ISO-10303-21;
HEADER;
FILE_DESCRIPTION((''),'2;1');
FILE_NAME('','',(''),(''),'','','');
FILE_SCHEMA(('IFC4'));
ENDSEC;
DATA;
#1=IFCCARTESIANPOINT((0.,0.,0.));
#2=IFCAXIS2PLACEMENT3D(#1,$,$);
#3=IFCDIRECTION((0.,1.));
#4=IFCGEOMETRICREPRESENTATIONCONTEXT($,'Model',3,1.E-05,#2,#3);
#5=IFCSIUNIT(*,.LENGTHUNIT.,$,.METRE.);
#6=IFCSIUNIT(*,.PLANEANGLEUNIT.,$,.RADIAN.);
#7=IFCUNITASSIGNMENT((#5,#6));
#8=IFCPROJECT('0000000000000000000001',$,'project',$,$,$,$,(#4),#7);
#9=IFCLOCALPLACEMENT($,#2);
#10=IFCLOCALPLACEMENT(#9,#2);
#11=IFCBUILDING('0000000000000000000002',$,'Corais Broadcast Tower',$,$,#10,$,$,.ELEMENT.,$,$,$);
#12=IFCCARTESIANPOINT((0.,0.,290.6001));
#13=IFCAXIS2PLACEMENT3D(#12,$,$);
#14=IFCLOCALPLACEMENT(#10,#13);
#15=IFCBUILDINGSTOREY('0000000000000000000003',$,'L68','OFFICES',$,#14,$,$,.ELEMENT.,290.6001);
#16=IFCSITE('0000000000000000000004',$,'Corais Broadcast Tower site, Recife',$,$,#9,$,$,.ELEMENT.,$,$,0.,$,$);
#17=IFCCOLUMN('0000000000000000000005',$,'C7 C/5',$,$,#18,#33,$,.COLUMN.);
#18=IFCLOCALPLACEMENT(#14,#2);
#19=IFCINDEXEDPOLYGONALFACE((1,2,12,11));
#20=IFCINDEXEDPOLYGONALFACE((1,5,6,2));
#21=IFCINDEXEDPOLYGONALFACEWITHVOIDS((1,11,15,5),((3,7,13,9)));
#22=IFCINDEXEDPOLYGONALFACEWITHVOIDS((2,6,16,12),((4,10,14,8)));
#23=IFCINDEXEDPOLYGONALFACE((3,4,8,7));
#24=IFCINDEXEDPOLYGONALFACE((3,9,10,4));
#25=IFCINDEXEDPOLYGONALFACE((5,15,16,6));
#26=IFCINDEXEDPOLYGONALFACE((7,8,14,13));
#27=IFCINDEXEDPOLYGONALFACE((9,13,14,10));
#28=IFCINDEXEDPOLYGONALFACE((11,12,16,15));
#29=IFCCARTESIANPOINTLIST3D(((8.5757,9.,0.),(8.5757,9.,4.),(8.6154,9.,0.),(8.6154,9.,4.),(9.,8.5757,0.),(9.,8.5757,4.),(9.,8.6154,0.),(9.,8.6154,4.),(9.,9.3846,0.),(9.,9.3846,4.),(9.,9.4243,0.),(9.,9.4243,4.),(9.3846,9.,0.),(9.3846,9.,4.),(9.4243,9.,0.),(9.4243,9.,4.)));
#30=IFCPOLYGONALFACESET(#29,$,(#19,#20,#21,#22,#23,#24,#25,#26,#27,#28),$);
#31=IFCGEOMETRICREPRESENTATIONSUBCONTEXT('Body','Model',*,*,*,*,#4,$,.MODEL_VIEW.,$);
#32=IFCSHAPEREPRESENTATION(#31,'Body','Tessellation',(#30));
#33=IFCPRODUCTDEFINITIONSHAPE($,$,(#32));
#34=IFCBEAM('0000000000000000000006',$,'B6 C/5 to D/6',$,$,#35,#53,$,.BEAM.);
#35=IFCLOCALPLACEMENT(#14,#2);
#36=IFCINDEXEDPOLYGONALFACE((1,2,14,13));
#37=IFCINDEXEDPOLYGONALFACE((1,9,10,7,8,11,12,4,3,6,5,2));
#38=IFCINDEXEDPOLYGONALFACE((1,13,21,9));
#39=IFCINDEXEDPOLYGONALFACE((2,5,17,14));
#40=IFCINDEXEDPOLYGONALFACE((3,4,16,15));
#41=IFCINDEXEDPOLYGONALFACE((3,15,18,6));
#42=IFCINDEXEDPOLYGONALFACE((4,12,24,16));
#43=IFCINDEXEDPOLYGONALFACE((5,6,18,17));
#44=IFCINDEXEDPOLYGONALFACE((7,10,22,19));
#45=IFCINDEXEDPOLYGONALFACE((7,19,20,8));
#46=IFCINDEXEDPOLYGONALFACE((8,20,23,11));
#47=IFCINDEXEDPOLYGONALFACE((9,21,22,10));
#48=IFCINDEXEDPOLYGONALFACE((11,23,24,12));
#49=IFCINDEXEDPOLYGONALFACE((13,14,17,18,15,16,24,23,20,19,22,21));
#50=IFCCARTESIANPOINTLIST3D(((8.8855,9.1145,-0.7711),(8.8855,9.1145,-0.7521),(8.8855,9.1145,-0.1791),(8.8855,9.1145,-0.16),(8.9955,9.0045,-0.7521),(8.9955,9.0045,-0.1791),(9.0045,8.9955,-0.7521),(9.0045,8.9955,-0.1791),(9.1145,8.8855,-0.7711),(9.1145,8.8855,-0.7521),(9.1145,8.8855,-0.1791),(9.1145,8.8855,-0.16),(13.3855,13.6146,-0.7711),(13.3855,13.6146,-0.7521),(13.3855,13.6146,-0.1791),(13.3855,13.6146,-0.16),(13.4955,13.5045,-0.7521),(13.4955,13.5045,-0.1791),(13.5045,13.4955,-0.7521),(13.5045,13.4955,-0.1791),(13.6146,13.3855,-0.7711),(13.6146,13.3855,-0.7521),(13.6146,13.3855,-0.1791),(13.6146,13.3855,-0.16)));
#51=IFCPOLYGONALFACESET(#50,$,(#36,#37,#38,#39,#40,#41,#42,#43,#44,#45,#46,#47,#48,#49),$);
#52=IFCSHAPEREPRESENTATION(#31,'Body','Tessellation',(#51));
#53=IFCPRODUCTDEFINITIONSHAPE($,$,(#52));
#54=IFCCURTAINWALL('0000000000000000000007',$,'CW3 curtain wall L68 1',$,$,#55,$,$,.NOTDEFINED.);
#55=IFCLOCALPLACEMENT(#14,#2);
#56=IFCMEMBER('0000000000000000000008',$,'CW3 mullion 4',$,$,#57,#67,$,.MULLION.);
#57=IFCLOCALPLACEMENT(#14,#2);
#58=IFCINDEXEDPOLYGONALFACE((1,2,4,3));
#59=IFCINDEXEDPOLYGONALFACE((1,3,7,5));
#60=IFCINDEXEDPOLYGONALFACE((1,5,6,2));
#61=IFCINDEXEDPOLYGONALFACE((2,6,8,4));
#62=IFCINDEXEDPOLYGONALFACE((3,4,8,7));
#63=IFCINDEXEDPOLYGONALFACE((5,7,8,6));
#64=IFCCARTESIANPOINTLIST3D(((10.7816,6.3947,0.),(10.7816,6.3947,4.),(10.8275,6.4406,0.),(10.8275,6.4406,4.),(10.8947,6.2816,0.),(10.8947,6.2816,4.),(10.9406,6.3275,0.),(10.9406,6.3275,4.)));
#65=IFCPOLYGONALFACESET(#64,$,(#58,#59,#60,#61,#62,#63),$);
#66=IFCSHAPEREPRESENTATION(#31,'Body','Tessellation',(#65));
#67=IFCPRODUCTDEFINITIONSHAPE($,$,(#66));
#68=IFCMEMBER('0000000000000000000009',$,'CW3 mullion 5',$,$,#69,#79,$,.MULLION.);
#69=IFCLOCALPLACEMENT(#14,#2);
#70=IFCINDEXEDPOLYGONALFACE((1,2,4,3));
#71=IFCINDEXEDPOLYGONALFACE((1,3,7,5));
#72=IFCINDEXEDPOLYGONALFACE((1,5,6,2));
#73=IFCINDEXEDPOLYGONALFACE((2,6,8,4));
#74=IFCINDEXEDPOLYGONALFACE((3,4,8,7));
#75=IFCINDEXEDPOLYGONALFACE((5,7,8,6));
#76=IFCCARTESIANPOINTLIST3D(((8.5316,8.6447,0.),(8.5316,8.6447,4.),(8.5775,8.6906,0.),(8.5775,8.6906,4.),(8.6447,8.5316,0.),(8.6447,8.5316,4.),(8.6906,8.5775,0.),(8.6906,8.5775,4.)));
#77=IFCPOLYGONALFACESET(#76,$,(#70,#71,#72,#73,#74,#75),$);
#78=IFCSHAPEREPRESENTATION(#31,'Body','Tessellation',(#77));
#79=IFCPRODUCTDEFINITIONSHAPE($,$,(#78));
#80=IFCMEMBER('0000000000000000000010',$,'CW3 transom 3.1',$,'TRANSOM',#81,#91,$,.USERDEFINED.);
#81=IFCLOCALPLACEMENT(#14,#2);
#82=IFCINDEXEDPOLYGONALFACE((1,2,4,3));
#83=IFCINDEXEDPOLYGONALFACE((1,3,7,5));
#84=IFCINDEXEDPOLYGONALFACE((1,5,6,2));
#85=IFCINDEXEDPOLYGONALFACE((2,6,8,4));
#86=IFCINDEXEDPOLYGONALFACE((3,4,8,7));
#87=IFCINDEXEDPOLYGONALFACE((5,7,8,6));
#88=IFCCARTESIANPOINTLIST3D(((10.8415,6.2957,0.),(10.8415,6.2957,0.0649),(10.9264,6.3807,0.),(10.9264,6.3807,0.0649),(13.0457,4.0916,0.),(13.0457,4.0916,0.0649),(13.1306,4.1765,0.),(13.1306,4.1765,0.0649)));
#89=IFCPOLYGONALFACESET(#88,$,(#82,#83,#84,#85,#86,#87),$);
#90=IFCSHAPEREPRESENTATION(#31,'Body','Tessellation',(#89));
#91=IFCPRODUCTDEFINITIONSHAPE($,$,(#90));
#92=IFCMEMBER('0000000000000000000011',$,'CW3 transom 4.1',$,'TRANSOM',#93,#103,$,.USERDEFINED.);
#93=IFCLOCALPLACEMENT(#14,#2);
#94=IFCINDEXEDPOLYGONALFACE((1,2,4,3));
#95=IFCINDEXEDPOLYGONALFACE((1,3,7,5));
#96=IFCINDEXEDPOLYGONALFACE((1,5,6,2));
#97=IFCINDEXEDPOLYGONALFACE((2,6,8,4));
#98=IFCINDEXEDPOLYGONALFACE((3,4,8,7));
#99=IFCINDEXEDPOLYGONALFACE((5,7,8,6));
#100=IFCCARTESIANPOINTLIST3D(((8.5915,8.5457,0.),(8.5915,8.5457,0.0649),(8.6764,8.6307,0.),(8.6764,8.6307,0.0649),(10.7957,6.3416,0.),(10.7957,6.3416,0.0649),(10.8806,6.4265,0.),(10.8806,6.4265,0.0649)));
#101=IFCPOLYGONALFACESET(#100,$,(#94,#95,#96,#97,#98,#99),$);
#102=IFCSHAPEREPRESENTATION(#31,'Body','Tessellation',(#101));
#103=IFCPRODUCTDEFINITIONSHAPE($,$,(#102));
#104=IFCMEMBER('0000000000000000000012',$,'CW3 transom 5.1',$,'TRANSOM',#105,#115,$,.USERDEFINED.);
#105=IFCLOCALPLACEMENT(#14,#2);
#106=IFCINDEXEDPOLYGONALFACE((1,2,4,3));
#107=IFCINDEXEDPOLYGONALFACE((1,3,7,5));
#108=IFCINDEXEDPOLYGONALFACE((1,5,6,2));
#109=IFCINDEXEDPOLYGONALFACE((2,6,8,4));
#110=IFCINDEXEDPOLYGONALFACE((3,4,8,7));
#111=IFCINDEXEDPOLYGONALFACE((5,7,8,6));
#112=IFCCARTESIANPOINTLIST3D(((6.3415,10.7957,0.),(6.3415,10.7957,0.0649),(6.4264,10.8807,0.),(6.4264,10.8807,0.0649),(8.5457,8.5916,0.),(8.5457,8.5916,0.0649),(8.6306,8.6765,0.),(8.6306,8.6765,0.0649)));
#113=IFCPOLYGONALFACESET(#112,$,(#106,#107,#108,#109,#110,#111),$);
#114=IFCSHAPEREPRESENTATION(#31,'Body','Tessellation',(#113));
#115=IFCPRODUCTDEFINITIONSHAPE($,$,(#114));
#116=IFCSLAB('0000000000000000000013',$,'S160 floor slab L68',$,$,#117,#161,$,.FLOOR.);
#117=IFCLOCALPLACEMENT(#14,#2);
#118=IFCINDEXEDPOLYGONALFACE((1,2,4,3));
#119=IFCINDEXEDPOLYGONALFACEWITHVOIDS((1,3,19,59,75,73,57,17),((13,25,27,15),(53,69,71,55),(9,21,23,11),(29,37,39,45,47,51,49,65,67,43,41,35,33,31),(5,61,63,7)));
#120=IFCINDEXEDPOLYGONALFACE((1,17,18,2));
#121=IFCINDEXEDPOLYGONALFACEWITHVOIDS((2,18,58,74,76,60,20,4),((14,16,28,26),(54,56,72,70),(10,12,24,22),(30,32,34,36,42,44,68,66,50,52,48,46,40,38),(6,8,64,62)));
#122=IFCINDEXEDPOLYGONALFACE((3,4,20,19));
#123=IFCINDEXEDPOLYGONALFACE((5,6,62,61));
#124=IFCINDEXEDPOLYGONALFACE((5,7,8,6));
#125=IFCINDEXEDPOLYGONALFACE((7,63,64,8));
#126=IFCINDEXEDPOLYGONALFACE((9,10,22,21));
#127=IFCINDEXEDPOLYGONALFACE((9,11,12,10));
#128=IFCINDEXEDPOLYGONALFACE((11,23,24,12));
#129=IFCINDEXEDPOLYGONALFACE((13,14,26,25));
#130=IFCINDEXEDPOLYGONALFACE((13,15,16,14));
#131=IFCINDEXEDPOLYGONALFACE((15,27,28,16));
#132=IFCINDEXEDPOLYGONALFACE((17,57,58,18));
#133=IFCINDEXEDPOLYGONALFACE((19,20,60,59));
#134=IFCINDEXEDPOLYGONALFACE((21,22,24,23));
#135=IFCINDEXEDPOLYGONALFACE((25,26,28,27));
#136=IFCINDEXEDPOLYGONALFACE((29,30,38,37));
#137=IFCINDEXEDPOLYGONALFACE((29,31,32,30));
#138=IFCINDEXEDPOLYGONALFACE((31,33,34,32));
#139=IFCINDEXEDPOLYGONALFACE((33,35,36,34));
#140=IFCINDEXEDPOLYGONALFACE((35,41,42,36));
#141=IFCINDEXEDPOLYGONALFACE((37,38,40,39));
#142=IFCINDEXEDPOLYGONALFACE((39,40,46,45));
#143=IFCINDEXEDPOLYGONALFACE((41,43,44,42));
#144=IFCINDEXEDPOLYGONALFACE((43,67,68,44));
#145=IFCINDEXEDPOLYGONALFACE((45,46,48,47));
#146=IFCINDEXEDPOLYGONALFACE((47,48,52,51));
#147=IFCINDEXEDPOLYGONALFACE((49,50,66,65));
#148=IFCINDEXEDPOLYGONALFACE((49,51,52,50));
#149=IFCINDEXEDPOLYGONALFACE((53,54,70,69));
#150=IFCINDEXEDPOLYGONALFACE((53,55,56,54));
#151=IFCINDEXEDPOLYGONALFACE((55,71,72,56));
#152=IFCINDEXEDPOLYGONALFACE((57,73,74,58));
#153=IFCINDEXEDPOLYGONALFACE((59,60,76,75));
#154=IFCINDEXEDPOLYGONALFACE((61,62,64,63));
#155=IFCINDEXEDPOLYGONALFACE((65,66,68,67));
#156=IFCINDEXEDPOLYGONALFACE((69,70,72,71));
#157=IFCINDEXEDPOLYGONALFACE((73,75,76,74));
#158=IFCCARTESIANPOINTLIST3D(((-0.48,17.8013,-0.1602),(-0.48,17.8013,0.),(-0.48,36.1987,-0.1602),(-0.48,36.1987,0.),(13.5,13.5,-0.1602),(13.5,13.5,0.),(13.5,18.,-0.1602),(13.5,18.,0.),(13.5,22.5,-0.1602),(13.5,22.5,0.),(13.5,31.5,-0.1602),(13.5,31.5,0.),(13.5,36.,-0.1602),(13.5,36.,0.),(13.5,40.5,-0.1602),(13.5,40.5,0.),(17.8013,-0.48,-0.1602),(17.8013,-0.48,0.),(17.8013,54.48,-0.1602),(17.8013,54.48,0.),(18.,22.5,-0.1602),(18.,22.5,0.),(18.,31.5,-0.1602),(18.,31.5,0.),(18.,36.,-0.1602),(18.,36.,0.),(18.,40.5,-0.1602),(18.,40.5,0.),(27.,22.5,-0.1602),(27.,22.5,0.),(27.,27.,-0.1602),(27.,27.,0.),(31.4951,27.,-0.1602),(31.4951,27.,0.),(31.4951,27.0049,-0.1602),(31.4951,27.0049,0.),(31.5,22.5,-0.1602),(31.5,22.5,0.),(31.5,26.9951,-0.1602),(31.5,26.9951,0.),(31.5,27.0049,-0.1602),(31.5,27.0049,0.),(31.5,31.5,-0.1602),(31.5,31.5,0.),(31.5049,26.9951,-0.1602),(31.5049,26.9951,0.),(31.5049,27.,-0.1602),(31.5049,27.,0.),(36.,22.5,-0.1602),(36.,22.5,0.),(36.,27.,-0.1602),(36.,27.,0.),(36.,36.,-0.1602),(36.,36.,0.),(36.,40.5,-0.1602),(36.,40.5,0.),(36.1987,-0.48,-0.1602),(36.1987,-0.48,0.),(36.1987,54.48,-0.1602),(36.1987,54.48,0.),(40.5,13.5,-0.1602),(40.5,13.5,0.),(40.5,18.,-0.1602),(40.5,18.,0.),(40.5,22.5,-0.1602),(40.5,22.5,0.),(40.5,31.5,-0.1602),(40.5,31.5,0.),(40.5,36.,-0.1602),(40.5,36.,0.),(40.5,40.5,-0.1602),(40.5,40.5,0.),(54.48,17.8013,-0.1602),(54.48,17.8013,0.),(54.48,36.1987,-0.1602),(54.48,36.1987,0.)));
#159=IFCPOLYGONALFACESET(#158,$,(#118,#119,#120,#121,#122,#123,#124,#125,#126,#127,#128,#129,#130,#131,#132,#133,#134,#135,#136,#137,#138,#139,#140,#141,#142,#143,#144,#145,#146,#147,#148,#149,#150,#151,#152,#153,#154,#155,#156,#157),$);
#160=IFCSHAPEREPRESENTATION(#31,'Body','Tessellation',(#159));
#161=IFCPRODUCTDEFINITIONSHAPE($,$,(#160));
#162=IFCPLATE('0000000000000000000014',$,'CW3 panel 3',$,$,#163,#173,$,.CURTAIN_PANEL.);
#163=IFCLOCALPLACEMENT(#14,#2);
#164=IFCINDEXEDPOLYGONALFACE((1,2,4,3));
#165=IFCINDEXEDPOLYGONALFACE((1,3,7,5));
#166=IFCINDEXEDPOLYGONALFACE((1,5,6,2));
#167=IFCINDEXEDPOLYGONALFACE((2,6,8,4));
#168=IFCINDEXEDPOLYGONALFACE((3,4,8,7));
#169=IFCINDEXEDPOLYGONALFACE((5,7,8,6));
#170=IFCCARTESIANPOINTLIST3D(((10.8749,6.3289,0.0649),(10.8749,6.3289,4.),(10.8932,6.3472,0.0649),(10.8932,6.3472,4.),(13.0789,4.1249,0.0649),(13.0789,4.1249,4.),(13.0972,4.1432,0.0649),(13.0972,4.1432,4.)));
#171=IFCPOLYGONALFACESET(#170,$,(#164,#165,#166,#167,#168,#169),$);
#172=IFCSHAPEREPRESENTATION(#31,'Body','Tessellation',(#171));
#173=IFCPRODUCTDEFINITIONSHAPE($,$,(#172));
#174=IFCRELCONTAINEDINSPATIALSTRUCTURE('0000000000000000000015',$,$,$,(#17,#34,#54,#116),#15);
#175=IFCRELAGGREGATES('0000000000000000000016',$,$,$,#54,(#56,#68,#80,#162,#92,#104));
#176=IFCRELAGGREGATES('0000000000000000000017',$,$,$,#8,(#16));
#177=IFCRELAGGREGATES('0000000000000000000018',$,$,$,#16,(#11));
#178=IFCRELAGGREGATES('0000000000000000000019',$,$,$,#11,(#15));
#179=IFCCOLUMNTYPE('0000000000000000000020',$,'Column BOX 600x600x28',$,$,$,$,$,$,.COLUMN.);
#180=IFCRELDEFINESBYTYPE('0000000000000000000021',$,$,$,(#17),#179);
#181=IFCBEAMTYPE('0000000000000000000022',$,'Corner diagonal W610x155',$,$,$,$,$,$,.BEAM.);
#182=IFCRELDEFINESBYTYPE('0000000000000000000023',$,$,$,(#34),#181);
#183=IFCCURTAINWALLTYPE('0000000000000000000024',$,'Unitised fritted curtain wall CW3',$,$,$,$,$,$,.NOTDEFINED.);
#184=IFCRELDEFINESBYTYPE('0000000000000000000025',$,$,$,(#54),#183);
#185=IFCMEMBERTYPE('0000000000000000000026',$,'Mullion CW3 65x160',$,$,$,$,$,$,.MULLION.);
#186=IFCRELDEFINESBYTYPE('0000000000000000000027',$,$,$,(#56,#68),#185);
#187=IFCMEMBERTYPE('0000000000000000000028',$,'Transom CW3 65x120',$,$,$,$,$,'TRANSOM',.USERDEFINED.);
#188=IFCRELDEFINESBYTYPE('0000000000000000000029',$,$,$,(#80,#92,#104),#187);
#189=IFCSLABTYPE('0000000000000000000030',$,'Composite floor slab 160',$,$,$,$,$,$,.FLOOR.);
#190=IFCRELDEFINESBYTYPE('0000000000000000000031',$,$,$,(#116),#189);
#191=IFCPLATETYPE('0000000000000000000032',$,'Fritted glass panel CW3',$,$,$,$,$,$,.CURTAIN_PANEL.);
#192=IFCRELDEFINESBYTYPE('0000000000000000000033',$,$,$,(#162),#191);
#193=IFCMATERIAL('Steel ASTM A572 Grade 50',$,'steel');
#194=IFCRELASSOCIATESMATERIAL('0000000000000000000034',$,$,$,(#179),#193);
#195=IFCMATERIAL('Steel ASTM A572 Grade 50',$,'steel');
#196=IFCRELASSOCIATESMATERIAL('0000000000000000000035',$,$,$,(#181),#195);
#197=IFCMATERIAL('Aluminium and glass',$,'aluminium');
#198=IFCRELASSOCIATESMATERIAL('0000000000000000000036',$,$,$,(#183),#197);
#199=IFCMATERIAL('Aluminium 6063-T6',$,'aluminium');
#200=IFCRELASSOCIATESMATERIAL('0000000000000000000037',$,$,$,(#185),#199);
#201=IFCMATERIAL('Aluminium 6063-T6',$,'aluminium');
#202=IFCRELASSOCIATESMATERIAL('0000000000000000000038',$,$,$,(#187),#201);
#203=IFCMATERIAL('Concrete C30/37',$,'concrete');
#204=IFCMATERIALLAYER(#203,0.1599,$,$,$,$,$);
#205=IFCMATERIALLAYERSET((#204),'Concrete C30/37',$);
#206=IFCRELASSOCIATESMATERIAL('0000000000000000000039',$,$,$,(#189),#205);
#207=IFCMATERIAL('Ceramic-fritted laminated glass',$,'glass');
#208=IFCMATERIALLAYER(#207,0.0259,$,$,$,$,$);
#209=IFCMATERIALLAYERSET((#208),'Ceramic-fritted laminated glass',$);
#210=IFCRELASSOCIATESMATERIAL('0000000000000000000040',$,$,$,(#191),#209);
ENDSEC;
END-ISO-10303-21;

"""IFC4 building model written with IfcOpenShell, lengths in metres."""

from ifc_helpers import new_model, si_unit, direction, frame, origin, origin_2d, place, context, subcontext, project, spatial, polyline, rectangle, hollow_rectangle, i_section, outline, extrude, material, layer, layer_set, material_profile, profile_set, type_object, element, aggregate, save


model = new_model("IFC4")

# Units and contexts
model_context = context("Model", 3, precision=1e-05, world=origin(), true_north=direction((0.0, 1.0)))
body_context = subcontext(model_context, "Body", "Model", "MODEL_VIEW")
ifc_project = project(units=[si_unit("LENGTHUNIT", "METRE"), si_unit("PLANEANGLEUNIT", "RADIAN")], contexts=[model_context])

# Site, building, storey
site_placement = place(None, origin())
site = spatial("IfcSite", under=ifc_project, at=site_placement, Name="Corais Broadcast Tower site, Recife", CompositionType="ELEMENT", RefElevation=0.0)
building_placement = place(site_placement, origin())
building = spatial("IfcBuilding", under=site, at=building_placement, Name="Corais Broadcast Tower", CompositionType="ELEMENT")
storey_placement = place(building_placement, frame((0.0, 0.0, 290.6001)))
storey = spatial("IfcBuildingStorey", under=building, at=storey_placement, Name="L68", Description="OFFICES", CompositionType="ELEMENT", Elevation=290.6001)

# Column
ifc_material_1 = material(Name="Steel ASTM A572 Grade 50", Category="steel")
ifc_material_profile_1 = material_profile(ifc_material_1, hollow_rectangle(XDim=0.6001, YDim=0.6001, WallThickness=0.0281, at=origin_2d()), Name="BOX 600x600x28")
ifc_profile_set_1 = profile_set([ifc_material_profile_1], Name="Steel ASTM A572 Grade 50")
column_type = type_object("IfcColumnType", Name="Column BOX 600x600x28", PredefinedType="COLUMN", material=ifc_profile_set_1)
column_placement = place(storey_placement, frame((9.0, 9.0, 0.0), z_axis=(0.0, 0.0, 1.0), x_axis=(0.707107, 0.707107, 0.0)))
element("IfcColumn", 1, at=column_placement, inside=storey, type_object=column_type, Name="C7 C/5", PredefinedType="COLUMN", context=body_context, shape_type="SweptSolid", body=[
    extrude(hollow_rectangle(XDim=0.6001, YDim=0.6001, WallThickness=0.0281, at=origin_2d()), origin(), (0.0, 0.0, 1.0), 4.0),
])

# Beam
ifc_material_2 = material(Name="Steel ASTM A572 Grade 50", Category="steel")
ifc_material_profile_2 = material_profile(ifc_material_2, i_section(OverallWidth=0.324, OverallDepth=0.6111, WebThickness=0.0127, FlangeThickness=0.019, at=origin_2d()), Name="W610x155")
ifc_profile_set_2 = profile_set([ifc_material_profile_2], Name="Steel ASTM A572 Grade 50")
beam_type = type_object("IfcBeamType", Name="Corner diagonal W610x155", PredefinedType="BEAM", material=ifc_profile_set_2)
beam_placement = place(storey_placement, frame((9.0, 9.0, -0.4656), z_axis=(0.707107, 0.707107, 0.0), x_axis=(-0.707107, 0.707107, 0.0)))
element("IfcBeam", 2, at=beam_placement, inside=storey, type_object=beam_type, Name="B6 C/5 to D/6", PredefinedType="BEAM", context=body_context, shape_type="SweptSolid", body=[
    extrude(i_section(OverallWidth=0.324, OverallDepth=0.6111, WebThickness=0.0127, FlangeThickness=0.019, at=origin_2d()), origin(), (0.0, 0.0, 1.0), 6.364),
])

# Curtain wall, members
ifc_material_3 = material(Name="Aluminium and glass", Category="aluminium")
curtain_wall_type = type_object("IfcCurtainWallType", Name="Unitised fritted curtain wall CW3", PredefinedType="NOTDEFINED", material=ifc_material_3)
curtain_wall_placement = place(storey_placement, origin())
curtain_wall = element("IfcCurtainWall", 3, at=curtain_wall_placement, inside=storey, type_object=curtain_wall_type, Name="CW3 curtain wall L68 1", PredefinedType="NOTDEFINED")
ifc_material_4 = material(Name="Aluminium 6063-T6", Category="aluminium")
ifc_material_profile_3 = material_profile(ifc_material_4, rectangle(XDim=0.0649, YDim=0.1599, at=origin_2d()), Name="Mullion CW3 65x160")
ifc_profile_set_3 = profile_set([ifc_material_profile_3], Name="Aluminium 6063-T6")
member_type_1 = type_object("IfcMemberType", Name="Mullion CW3 65x160", PredefinedType="MULLION", material=ifc_profile_set_3)
member_1_placement = place(storey_placement, frame((10.8611, 6.3611, 0.0), z_axis=(0.0, 0.0, 1.0), x_axis=(-0.707107, -0.707107, 0.0)))
member_1 = element("IfcMember", 4, at=member_1_placement, type_object=member_type_1, Name="CW3 mullion 4", PredefinedType="MULLION", context=body_context, shape_type="SweptSolid", body=[
    extrude(rectangle(XDim=0.0649, YDim=0.1599, at=origin_2d()), origin(), (0.0, 0.0, 1.0), 4.0),
])
member_2_placement = place(storey_placement, frame((8.6111, 8.6111, 0.0), z_axis=(0.0, 0.0, 1.0), x_axis=(-0.707107, -0.707107, 0.0)))
member_2 = element("IfcMember", 5, at=member_2_placement, type_object=member_type_1, Name="CW3 mullion 5", PredefinedType="MULLION", context=body_context, shape_type="SweptSolid", body=[
    extrude(rectangle(XDim=0.0649, YDim=0.1599, at=origin_2d()), origin(), (0.0, 0.0, 1.0), 4.0),
])
ifc_material_5 = material(Name="Aluminium 6063-T6", Category="aluminium")
ifc_material_profile_4 = material_profile(ifc_material_5, rectangle(XDim=0.1201, YDim=0.0649, at=origin_2d()), Name="Transom CW3 65x120")
ifc_profile_set_4 = profile_set([ifc_material_profile_4], Name="Aluminium 6063-T6")
member_type_2 = type_object("IfcMemberType", Name="Transom CW3 65x120", ElementType="TRANSOM", PredefinedType="USERDEFINED", material=ifc_profile_set_4)
member_3_placement = place(storey_placement, frame((13.0881, 4.134, 0.0325), z_axis=(-0.707107, 0.707107, 0.0), x_axis=(-0.707107, -0.707107, 0.0)))
member_3 = element("IfcMember", 6, at=member_3_placement, type_object=member_type_2, Name="CW3 transom 3.1", ObjectType="TRANSOM", PredefinedType="USERDEFINED", context=body_context, shape_type="SweptSolid", body=[
    extrude(rectangle(XDim=0.1201, YDim=0.0649, at=origin_2d()), origin(), (0.0, 0.0, 1.0), 3.1172),
])
member_4_placement = place(storey_placement, frame((10.8381, 6.384, 0.0325), z_axis=(-0.707107, 0.707107, 0.0), x_axis=(-0.707107, -0.707107, 0.0)))
member_4 = element("IfcMember", 7, at=member_4_placement, type_object=member_type_2, Name="CW3 transom 4.1", ObjectType="TRANSOM", PredefinedType="USERDEFINED", context=body_context, shape_type="SweptSolid", body=[
    extrude(rectangle(XDim=0.1201, YDim=0.0649, at=origin_2d()), origin(), (0.0, 0.0, 1.0), 3.1172),
])
member_5_placement = place(storey_placement, frame((8.5881, 8.634, 0.0325), z_axis=(-0.707107, 0.707107, 0.0), x_axis=(-0.707107, -0.707107, 0.0)))
member_5 = element("IfcMember", 8, at=member_5_placement, type_object=member_type_2, Name="CW3 transom 5.1", ObjectType="TRANSOM", PredefinedType="USERDEFINED", context=body_context, shape_type="SweptSolid", body=[
    extrude(rectangle(XDim=0.1201, YDim=0.0649, at=origin_2d()), origin(), (0.0, 0.0, 1.0), 3.1172),
])

# Slab
ifc_material_6 = material(Name="Concrete C30/37", Category="concrete")
ifc_layer_1 = layer(ifc_material_6, 0.1599)
ifc_layer_set_1 = layer_set([ifc_layer_1], Name="Concrete C30/37")
slab_type_1 = type_object("IfcSlabType", Name="Composite floor slab 160", PredefinedType="FLOOR", material=ifc_layer_set_1)
slab_1_placement = place(storey_placement, frame((0.0, 0.0, -0.1602)))
element("IfcSlab", 9, at=slab_1_placement, inside=storey, type_object=slab_type_1, Name="S160 floor slab L68", PredefinedType="FLOOR", context=body_context, shape_type="SweptSolid", body=[
    extrude(outline(polyline([(17.8013, -0.48), (-0.48, 17.8013), (-0.48, 36.1987), (17.8013, 54.48), (36.1987, 54.48), (54.48, 36.1987), (54.48, 17.8013), (36.1987, -0.48), (17.8013, -0.48)]), holes=[polyline([(13.5, 18.0), (40.5, 18.0), (40.5, 13.5), (13.5, 13.5), (13.5, 18.0)]), polyline([(18.0, 22.5), (13.5, 22.5), (13.5, 31.5), (18.0, 31.5), (18.0, 22.5)]), polyline([(18.0, 36.0), (13.5, 36.0), (13.5, 40.5), (18.0, 40.5), (18.0, 36.0)]), polyline([(31.5, 22.5), (27.0, 22.5), (27.0, 27.0), (31.4951, 27.0), (31.4951, 27.0049), (31.5, 27.0049), (31.5, 31.5), (40.5, 31.5), (40.5, 22.5), (36.0, 22.5), (36.0, 27.0), (31.5049, 27.0), (31.5049, 26.9951), (31.5, 26.9951), (31.5, 22.5)]), polyline([(40.5, 36.0), (36.0, 36.0), (36.0, 40.5), (40.5, 40.5), (40.5, 36.0)])]), origin(), (0.0, 0.0, 1.0), 0.1602),
])

# Plate
ifc_material_7 = material(Name="Ceramic-fritted laminated glass", Category="glass")
ifc_layer_2 = layer(ifc_material_7, 0.0259)
ifc_layer_set_2 = layer_set([ifc_layer_2], Name="Ceramic-fritted laminated glass")
plate_type_1 = type_object("IfcPlateType", Name="Fritted glass panel CW3", PredefinedType="CURTAIN_PANEL", material=ifc_layer_set_2)
plate_1_placement = place(storey_placement, frame((11.9861, 5.2361, 0.0649), z_axis=(0.0, 0.0, 1.0), x_axis=(-0.707107, 0.707107, 0.0)))
plate_1 = element("IfcPlate", 10, at=plate_1_placement, type_object=plate_type_1, Name="CW3 panel 3", PredefinedType="CURTAIN_PANEL", context=body_context, shape_type="SweptSolid", body=[
    extrude(rectangle(XDim=3.1169, YDim=0.0259, at=origin_2d()), origin(), (0.0, 0.0, 1.0), 3.9351),
])
aggregate(curtain_wall, [member_1, member_2, member_3, plate_1, member_4, member_5])

save(model, "model.ifc")
